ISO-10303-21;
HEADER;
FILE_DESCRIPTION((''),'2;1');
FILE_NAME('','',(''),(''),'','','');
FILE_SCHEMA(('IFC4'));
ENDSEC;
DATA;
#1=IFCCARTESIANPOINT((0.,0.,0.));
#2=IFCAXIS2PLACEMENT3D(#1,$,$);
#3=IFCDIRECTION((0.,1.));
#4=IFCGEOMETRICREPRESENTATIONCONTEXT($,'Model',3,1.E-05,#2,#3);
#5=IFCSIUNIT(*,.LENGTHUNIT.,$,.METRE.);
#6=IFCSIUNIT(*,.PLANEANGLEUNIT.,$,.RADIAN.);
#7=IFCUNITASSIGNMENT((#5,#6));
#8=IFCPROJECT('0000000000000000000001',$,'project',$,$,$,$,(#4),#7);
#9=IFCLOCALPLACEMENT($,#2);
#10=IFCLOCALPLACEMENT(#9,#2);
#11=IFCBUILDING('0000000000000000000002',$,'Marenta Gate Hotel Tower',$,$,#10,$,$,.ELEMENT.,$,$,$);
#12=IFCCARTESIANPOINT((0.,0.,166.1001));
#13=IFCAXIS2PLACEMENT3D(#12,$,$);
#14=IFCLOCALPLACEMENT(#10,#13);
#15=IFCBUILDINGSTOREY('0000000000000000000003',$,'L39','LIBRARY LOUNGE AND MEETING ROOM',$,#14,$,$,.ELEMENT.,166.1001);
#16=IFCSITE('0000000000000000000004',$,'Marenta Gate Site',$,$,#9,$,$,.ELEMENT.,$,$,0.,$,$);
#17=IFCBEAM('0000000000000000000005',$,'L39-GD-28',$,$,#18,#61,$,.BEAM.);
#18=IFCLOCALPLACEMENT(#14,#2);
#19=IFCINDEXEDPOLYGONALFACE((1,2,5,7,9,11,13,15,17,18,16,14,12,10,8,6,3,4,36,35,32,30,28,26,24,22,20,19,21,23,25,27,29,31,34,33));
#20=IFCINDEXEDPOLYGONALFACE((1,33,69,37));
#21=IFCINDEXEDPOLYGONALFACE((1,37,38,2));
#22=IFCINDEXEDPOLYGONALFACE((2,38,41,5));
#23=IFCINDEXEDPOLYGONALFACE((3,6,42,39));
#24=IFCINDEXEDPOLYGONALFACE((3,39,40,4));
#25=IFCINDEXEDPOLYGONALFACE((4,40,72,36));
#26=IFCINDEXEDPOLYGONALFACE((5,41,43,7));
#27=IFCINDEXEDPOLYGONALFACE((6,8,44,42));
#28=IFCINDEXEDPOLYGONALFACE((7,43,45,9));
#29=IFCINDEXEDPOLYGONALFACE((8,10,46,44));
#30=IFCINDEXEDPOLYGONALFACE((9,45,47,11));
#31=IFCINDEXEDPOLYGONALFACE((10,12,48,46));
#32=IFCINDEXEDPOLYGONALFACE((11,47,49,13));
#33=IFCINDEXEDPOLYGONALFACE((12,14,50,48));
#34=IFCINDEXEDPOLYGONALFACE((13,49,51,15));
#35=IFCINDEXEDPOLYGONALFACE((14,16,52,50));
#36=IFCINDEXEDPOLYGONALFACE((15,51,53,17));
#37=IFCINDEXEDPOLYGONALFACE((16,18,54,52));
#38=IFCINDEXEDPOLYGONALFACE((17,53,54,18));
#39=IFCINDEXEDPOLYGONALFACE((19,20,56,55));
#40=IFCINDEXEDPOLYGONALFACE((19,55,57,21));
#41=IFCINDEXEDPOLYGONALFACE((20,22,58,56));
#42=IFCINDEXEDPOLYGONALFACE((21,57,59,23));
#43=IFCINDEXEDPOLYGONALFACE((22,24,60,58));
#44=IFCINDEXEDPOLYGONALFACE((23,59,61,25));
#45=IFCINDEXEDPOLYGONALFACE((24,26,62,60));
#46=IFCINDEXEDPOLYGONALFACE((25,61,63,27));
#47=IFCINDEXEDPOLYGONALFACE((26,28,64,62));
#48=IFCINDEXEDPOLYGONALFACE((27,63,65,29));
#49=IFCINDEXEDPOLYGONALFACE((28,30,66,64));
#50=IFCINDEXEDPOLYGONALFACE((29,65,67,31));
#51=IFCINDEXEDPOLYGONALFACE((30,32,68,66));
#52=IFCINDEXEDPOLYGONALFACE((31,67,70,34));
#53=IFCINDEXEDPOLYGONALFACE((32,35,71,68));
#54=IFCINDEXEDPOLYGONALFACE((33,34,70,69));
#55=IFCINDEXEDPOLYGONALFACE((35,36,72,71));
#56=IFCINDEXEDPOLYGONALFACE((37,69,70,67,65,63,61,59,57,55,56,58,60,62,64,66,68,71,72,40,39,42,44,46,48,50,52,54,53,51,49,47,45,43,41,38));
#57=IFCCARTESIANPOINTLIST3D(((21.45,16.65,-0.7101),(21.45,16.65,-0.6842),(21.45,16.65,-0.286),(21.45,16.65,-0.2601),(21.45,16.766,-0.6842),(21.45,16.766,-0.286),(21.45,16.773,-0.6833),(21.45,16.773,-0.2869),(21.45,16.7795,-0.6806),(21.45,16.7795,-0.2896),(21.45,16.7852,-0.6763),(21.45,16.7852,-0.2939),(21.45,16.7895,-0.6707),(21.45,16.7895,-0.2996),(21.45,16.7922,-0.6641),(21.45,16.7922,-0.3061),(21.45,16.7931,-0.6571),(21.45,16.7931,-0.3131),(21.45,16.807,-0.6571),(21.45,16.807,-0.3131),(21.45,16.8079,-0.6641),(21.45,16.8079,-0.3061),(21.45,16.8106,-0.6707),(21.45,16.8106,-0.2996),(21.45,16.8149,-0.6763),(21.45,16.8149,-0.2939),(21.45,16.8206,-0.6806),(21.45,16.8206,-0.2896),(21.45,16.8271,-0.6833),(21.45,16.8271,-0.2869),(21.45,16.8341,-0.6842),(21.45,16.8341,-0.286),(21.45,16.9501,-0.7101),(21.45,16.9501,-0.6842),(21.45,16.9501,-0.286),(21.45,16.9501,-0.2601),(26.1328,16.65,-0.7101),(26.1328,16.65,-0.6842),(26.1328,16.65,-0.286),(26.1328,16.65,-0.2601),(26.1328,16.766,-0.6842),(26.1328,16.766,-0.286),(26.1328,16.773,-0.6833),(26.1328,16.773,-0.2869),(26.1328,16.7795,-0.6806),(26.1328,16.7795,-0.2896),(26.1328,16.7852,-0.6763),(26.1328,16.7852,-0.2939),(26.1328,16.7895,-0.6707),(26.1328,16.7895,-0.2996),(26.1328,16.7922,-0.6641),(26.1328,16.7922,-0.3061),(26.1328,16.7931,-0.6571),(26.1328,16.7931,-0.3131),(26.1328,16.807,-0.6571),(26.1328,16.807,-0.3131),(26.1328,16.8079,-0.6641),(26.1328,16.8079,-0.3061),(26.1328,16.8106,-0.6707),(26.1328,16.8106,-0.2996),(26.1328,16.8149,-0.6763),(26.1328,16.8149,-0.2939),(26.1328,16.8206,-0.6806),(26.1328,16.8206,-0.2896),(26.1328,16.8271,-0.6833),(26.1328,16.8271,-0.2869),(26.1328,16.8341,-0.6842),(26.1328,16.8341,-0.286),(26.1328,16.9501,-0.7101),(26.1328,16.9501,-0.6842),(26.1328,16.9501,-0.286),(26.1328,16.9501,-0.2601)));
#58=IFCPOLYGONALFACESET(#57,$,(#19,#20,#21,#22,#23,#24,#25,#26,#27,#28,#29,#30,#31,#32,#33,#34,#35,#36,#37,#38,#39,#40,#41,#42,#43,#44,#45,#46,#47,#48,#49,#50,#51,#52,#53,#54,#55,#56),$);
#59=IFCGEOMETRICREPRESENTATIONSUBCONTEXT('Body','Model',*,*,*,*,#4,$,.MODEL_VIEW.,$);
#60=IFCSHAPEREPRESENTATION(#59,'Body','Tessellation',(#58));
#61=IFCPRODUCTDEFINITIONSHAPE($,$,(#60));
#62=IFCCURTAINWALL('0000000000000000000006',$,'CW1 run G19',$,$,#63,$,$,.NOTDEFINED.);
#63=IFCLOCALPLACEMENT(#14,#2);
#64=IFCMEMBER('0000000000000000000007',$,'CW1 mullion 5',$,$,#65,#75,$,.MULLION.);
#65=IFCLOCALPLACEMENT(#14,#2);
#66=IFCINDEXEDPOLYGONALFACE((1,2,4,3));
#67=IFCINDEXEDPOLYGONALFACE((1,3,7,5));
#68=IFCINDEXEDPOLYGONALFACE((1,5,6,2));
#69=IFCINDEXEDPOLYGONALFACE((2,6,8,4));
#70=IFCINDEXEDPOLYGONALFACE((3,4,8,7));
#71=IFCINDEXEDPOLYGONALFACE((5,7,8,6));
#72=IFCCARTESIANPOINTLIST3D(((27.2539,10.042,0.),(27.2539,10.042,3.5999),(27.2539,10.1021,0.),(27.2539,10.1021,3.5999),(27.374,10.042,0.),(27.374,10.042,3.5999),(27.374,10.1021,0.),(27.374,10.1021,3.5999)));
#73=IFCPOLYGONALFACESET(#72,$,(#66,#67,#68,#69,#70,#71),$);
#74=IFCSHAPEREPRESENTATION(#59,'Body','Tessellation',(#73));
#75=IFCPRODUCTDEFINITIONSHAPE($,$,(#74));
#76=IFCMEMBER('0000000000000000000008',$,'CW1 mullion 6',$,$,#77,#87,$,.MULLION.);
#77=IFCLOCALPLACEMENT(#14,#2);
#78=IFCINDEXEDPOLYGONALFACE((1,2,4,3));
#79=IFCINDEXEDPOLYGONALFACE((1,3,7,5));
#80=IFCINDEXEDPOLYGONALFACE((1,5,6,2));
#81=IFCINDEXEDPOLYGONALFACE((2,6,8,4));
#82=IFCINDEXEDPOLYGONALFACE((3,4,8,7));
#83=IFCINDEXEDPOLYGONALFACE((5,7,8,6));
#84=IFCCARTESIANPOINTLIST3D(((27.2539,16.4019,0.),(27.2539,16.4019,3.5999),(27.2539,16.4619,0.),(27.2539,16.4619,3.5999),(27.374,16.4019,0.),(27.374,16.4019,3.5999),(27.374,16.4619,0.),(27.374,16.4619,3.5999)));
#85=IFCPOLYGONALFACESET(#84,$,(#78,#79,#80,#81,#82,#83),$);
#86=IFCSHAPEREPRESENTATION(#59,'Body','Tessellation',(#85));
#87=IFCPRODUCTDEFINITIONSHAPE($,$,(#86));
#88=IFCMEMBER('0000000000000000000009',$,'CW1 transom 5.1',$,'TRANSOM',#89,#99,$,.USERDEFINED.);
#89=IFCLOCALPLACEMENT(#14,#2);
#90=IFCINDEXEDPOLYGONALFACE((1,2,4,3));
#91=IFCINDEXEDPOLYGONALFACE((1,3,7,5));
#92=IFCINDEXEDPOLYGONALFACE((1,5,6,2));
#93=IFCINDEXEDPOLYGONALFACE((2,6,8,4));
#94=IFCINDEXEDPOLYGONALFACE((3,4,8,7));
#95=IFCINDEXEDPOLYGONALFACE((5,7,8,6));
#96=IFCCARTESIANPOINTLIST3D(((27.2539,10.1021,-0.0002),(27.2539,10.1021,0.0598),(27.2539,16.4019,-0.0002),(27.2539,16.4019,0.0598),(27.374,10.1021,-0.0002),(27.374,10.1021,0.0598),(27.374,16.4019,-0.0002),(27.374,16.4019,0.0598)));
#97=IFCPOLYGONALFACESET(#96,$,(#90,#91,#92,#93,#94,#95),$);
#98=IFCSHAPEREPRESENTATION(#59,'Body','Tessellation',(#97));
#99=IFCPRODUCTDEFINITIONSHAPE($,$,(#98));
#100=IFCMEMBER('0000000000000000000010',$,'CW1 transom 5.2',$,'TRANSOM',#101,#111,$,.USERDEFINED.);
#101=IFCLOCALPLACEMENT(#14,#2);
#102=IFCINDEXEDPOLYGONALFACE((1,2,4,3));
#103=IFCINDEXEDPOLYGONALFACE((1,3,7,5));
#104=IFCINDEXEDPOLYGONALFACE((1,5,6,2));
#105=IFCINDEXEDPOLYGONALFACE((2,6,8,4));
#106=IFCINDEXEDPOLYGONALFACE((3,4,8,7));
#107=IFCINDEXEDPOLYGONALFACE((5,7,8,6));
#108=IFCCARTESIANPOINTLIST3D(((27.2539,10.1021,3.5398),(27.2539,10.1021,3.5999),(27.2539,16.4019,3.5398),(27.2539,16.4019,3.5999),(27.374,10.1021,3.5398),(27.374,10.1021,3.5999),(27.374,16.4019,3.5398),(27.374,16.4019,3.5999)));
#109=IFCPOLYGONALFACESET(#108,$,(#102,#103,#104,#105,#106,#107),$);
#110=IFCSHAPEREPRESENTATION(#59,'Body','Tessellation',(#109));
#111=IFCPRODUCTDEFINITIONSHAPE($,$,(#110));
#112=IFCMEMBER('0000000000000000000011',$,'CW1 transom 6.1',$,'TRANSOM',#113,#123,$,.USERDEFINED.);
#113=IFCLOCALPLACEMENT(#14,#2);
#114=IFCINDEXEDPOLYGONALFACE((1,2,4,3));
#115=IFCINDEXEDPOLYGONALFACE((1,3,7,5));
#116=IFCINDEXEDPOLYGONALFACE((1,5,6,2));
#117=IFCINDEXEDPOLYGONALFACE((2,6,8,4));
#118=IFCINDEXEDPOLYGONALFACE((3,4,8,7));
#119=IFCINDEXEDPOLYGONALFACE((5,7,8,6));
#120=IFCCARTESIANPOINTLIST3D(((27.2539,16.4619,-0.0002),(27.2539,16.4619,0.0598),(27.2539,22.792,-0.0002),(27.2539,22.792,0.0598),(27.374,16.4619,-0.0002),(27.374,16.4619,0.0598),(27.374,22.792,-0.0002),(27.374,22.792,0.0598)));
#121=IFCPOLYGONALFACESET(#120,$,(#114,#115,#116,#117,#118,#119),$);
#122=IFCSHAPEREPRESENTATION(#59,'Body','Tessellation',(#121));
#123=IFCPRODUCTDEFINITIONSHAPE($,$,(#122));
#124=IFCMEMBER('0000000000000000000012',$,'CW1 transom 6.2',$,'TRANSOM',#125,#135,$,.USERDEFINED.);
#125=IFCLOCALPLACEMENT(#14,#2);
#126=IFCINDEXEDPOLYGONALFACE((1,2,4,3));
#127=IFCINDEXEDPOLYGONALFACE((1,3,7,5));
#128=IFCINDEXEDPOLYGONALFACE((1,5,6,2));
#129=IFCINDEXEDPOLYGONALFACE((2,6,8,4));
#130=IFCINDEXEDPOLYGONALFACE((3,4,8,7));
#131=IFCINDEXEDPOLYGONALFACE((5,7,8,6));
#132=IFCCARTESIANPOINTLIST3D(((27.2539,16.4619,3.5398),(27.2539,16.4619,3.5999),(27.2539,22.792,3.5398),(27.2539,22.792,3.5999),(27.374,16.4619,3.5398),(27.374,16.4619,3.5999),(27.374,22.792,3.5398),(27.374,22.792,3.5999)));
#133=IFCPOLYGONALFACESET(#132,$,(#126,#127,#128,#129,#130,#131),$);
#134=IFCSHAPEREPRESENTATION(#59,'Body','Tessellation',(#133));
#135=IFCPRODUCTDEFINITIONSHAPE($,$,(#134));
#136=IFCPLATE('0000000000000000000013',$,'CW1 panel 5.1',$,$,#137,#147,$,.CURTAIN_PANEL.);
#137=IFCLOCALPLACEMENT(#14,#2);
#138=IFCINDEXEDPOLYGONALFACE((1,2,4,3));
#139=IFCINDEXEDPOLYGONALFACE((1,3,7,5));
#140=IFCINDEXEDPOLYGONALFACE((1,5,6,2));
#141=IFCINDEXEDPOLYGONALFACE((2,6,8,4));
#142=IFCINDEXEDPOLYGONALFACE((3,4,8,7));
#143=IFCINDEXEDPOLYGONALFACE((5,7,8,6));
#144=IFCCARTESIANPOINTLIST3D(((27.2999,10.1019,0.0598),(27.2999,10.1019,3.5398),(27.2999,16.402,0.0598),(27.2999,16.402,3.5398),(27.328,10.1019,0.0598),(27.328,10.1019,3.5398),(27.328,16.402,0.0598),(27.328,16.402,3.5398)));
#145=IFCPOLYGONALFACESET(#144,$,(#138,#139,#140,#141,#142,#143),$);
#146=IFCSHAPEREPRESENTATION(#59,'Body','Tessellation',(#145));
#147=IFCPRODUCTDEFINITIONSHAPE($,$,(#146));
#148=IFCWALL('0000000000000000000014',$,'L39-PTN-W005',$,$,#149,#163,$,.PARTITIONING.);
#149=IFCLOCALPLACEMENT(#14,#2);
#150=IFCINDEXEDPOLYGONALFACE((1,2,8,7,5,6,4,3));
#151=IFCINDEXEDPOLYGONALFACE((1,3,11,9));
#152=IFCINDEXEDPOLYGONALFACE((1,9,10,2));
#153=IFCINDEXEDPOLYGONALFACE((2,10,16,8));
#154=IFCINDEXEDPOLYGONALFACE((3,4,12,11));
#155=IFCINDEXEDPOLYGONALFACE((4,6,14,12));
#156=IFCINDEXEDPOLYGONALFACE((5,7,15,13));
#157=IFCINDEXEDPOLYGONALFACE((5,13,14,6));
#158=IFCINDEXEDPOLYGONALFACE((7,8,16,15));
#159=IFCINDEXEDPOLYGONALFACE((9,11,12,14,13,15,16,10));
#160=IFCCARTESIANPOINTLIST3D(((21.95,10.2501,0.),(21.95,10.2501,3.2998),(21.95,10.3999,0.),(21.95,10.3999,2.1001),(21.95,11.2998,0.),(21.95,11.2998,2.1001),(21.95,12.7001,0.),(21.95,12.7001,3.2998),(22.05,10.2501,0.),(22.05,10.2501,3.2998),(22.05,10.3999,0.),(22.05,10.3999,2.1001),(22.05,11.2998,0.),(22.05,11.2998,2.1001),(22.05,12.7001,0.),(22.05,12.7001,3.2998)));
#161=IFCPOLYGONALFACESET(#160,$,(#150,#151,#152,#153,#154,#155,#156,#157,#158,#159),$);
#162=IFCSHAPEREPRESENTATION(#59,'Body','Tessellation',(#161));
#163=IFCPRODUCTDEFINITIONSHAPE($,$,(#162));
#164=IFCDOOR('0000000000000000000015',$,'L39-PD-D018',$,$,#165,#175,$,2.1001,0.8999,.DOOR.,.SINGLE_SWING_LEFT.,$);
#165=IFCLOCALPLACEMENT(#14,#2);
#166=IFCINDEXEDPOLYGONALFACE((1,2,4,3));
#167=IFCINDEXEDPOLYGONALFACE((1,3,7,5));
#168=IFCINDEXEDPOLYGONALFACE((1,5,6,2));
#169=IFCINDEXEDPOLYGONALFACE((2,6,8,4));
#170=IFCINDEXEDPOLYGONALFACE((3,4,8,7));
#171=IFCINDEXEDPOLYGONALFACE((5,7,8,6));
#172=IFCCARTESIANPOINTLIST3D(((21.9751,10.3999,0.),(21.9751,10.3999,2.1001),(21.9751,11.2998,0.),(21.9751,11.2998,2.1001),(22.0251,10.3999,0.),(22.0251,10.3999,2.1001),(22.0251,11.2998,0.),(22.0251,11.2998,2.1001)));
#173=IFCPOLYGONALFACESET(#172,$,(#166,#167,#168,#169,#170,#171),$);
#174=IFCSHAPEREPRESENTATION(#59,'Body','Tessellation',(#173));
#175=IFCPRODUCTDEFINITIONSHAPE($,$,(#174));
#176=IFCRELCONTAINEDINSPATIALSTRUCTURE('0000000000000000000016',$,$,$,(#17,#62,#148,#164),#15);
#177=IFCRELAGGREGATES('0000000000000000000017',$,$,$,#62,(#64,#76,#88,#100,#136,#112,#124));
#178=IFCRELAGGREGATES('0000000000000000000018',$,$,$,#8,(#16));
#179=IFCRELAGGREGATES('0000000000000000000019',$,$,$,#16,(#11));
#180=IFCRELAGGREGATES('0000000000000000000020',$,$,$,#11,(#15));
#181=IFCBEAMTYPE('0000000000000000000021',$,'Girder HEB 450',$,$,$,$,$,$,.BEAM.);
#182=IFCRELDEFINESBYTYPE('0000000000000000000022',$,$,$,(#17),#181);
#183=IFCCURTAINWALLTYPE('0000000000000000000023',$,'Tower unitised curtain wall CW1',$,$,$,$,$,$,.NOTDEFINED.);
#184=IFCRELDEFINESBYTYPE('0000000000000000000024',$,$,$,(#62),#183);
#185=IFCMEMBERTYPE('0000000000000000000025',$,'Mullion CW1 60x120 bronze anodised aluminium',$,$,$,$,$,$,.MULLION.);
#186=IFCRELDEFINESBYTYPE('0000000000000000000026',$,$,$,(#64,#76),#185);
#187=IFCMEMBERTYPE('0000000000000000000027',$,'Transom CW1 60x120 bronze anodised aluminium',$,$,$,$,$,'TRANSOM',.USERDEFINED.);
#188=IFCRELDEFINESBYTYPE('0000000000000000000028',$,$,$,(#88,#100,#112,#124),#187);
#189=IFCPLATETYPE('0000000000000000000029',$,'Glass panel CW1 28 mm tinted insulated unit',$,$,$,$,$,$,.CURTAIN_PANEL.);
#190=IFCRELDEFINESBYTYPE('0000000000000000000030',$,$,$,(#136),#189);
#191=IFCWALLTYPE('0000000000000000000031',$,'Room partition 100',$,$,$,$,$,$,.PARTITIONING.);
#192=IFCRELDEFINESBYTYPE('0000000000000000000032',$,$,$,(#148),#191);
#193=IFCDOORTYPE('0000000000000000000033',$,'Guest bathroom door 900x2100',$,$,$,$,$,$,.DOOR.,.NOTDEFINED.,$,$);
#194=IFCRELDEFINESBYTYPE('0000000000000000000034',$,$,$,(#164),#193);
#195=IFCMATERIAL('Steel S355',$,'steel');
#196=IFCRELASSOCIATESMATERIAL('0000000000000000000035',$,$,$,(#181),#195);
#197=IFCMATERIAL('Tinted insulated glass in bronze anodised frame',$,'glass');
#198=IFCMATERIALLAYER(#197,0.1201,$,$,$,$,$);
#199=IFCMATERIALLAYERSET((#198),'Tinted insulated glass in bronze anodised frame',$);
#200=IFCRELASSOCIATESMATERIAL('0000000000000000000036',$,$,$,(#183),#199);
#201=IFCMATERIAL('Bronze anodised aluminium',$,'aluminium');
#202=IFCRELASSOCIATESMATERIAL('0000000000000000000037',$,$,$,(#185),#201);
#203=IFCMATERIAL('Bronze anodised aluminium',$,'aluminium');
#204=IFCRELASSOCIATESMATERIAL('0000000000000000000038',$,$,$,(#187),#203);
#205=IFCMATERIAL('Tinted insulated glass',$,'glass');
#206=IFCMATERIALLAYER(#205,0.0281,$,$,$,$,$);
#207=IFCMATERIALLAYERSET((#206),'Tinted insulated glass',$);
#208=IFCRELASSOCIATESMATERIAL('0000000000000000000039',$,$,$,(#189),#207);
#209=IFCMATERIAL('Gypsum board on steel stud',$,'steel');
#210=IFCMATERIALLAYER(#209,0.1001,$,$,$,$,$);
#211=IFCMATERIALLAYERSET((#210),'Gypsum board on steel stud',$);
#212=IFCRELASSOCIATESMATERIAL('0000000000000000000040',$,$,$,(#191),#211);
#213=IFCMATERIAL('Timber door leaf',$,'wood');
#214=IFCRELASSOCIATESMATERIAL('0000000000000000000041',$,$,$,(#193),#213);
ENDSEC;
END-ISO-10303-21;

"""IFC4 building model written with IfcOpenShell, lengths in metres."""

from ifc_helpers import new_model, si_unit, direction, frame, frame_2d, origin, origin_2d, place, context, subcontext, project, spatial, rectangle, i_section, extrude, material, layer, layer_set, material_profile, profile_set, type_object, element, fill, aggregate, save


model = new_model("IFC4")

# Units and contexts
model_context = context("Model", 3, precision=1e-05, world=origin(), true_north=direction((0.0, 1.0)))
body_context = subcontext(model_context, "Body", "Model", "MODEL_VIEW")
ifc_project = project(units=[si_unit("LENGTHUNIT", "METRE"), si_unit("PLANEANGLEUNIT", "RADIAN")], contexts=[model_context])

# Site, building, storey
site_placement = place(None, origin())
site = spatial("IfcSite", under=ifc_project, at=site_placement, Name="Marenta Gate Site", CompositionType="ELEMENT", RefElevation=0.0)
building_placement = place(site_placement, origin())
building = spatial("IfcBuilding", under=site, at=building_placement, Name="Marenta Gate Hotel Tower", CompositionType="ELEMENT")
storey_placement = place(building_placement, frame((0.0, 0.0, 166.1001)))
storey = spatial("IfcBuildingStorey", under=building, at=storey_placement, Name="L39", Description="LIBRARY LOUNGE AND MEETING ROOM", CompositionType="ELEMENT", Elevation=166.1001)

# Beam
ifc_material_1 = material(Name="Steel S355", Category="steel")
ifc_material_profile_1 = material_profile(ifc_material_1, i_section(OverallWidth=0.3, OverallDepth=0.45, WebThickness=0.0139, FlangeThickness=0.0259, FilletRadius=0.0271, at=origin_2d()), Name="HEB 450")
ifc_profile_set_1 = profile_set([ifc_material_profile_1], Name="Steel S355")
beam_type_1 = type_object("IfcBeamType", Name="Girder HEB 450", PredefinedType="BEAM", material=ifc_profile_set_1)
beam_1_placement = place(storey_placement, frame((21.45, 16.8, -0.4851), z_axis=(1.0, 0.0, 0.0), x_axis=(0.0, 1.0, 0.0)))
element("IfcBeam", 1, at=beam_1_placement, inside=storey, type_object=beam_type_1, Name="L39-GD-28", PredefinedType="BEAM", context=body_context, shape_type="SweptSolid", body=[
    extrude(i_section(OverallWidth=0.3, OverallDepth=0.45, WebThickness=0.0139, FlangeThickness=0.0259, FilletRadius=0.0271, at=origin_2d()), origin(), (0.0, 0.0, 1.0), 4.6829),
])

# Curtain wall, members, plate
ifc_material_2 = material(Name="Tinted insulated glass in bronze anodised frame", Category="glass")
ifc_layer_1 = layer(ifc_material_2, 0.1201)
ifc_layer_set_1 = layer_set([ifc_layer_1], Name="Tinted insulated glass in bronze anodised frame")
curtain_wall_type = type_object("IfcCurtainWallType", Name="Tower unitised curtain wall CW1", PredefinedType="NOTDEFINED", material=ifc_layer_set_1)
curtain_wall_placement = place(storey_placement, origin())
curtain_wall = element("IfcCurtainWall", 2, at=curtain_wall_placement, inside=storey, type_object=curtain_wall_type, Name="CW1 run G19", PredefinedType="NOTDEFINED")
ifc_material_3 = material(Name="Bronze anodised aluminium", Category="aluminium")
ifc_material_profile_2 = material_profile(ifc_material_3, rectangle(XDim=0.1201, YDim=0.0601, at=origin_2d()), Name="Mullion CW1 60x120 bronze anodised aluminium")
ifc_profile_set_2 = profile_set([ifc_material_profile_2], Name="Bronze anodised aluminium")
member_type_1 = type_object("IfcMemberType", Name="Mullion CW1 60x120 bronze anodised aluminium", PredefinedType="MULLION", material=ifc_profile_set_2)
member_1_placement = place(storey_placement, frame((27.314, 10.072, 0.0), z_axis=(0.0, 0.0, 1.0), x_axis=(-1.0, 0.0, 0.0)))
member_1 = element("IfcMember", 3, at=member_1_placement, type_object=member_type_1, Name="CW1 mullion 5", PredefinedType="MULLION", context=body_context, shape_type="SweptSolid", body=[
    extrude(rectangle(XDim=0.1201, YDim=0.0601, at=origin_2d()), origin(), (0.0, 0.0, 1.0), 3.5999),
])
member_2_placement = place(storey_placement, frame((27.314, 16.4319, 0.0), z_axis=(0.0, 0.0, 1.0), x_axis=(-1.0, 0.0, 0.0)))
member_2 = element("IfcMember", 4, at=member_2_placement, type_object=member_type_1, Name="CW1 mullion 6", PredefinedType="MULLION", context=body_context, shape_type="SweptSolid", body=[
    extrude(rectangle(XDim=0.1201, YDim=0.0601, at=origin_2d()), origin(), (0.0, 0.0, 1.0), 3.5999),
])
ifc_material_4 = material(Name="Bronze anodised aluminium", Category="aluminium")
ifc_material_profile_3 = material_profile(ifc_material_4, rectangle(XDim=0.1201, YDim=0.0601, at=origin_2d()), Name="Transom CW1 60x120 bronze anodised aluminium")
ifc_profile_set_3 = profile_set([ifc_material_profile_3], Name="Bronze anodised aluminium")
member_type_2 = type_object("IfcMemberType", Name="Transom CW1 60x120 bronze anodised aluminium", ElementType="TRANSOM", PredefinedType="USERDEFINED", material=ifc_profile_set_3)
member_3_placement = place(storey_placement, frame((27.314, 10.1021, 0.0298), z_axis=(0.0, 1.0, 0.0), x_axis=(-1.0, 0.0, 0.0)))
member_3 = element("IfcMember", 5, at=member_3_placement, type_object=member_type_2, Name="CW1 transom 5.1", ObjectType="TRANSOM", PredefinedType="USERDEFINED", context=body_context, shape_type="SweptSolid", body=[
    extrude(rectangle(XDim=0.1201, YDim=0.0601, at=origin_2d()), origin(), (0.0, 0.0, 1.0), 6.2998),
])
member_4_placement = place(storey_placement, frame((27.314, 10.1021, 3.5698), z_axis=(0.0, 1.0, 0.0), x_axis=(-1.0, 0.0, 0.0)))
member_4 = element("IfcMember", 6, at=member_4_placement, type_object=member_type_2, Name="CW1 transom 5.2", ObjectType="TRANSOM", PredefinedType="USERDEFINED", context=body_context, shape_type="SweptSolid", body=[
    extrude(rectangle(XDim=0.1201, YDim=0.0601, at=origin_2d()), origin(), (0.0, 0.0, 1.0), 6.2998),
])
member_5_placement = place(storey_placement, frame((27.314, 16.4619, 0.0298), z_axis=(0.0, 1.0, 0.0), x_axis=(-1.0, 0.0, 0.0)))
member_5 = element("IfcMember", 7, at=member_5_placement, type_object=member_type_2, Name="CW1 transom 6.1", ObjectType="TRANSOM", PredefinedType="USERDEFINED", context=body_context, shape_type="SweptSolid", body=[
    extrude(rectangle(XDim=0.1201, YDim=0.0601, at=origin_2d()), origin(), (0.0, 0.0, 1.0), 6.3301),
])
member_6_placement = place(storey_placement, frame((27.314, 16.4619, 3.5698), z_axis=(0.0, 1.0, 0.0), x_axis=(-1.0, 0.0, 0.0)))
member_6 = element("IfcMember", 8, at=member_6_placement, type_object=member_type_2, Name="CW1 transom 6.2", ObjectType="TRANSOM", PredefinedType="USERDEFINED", context=body_context, shape_type="SweptSolid", body=[
    extrude(rectangle(XDim=0.1201, YDim=0.0601, at=origin_2d()), origin(), (0.0, 0.0, 1.0), 6.3301),
])
ifc_material_5 = material(Name="Tinted insulated glass", Category="glass")
ifc_layer_2 = layer(ifc_material_5, 0.0281)
ifc_layer_set_2 = layer_set([ifc_layer_2], Name="Tinted insulated glass")
plate_type = type_object("IfcPlateType", Name="Glass panel CW1 28 mm tinted insulated unit", PredefinedType="CURTAIN_PANEL", material=ifc_layer_set_2)
plate_placement = place(storey_placement, frame((27.314, 13.252, 0.0598), z_axis=(0.0, 0.0, 1.0), x_axis=(0.0, 1.0, 0.0)))
plate = element("IfcPlate", 9, at=plate_placement, type_object=plate_type, Name="CW1 panel 5.1", PredefinedType="CURTAIN_PANEL", context=body_context, shape_type="SweptSolid", body=[
    extrude(rectangle(XDim=6.3, YDim=0.0281, at=origin_2d()), origin(), (0.0, 0.0, 1.0), 3.48),
])
aggregate(curtain_wall, [member_1, member_2, member_3, member_4, plate, member_5, member_6])

# Wall, opening, door
ifc_material_6 = material(Name="Gypsum board on steel stud", Category="steel")
ifc_layer_3 = layer(ifc_material_6, 0.1001)
ifc_layer_set_3 = layer_set([ifc_layer_3], Name="Gypsum board on steel stud")
wall_type_1 = type_object("IfcWallType", Name="Room partition 100", PredefinedType="PARTITIONING", material=ifc_layer_set_3)
wall_1_placement = place(storey_placement, frame((22.0, 10.25, 0.0), z_axis=(0.0, 0.0, 1.0), x_axis=(0.0, 1.0, 0.0)))
wall_1 = element("IfcWall", 10, at=wall_1_placement, inside=storey, type_object=wall_type_1, Name="L39-PTN-W005", PredefinedType="PARTITIONING", context=body_context, shape_type="SweptSolid", body=[
    extrude(rectangle(XDim=2.45, YDim=0.1001, at=frame_2d((1.2251, 0.0))), origin(), (0.0, 0.0, 1.0), 3.2998),
])
opening_1_placement = place(wall_1_placement, frame((0.1499, 0.0, 0.0)))
opening_1 = element("IfcOpeningElement", 11, at=opening_1_placement, cuts=wall_1, PredefinedType="OPENING", context=body_context, shape_type="SweptSolid", body=[
    extrude(rectangle(XDim=0.8999, YDim=2.1001, at=frame_2d((0.45, 1.05))), frame((0.0, 0.05, 0.0), z_axis=(0.0, -1.0, 0.0), x_axis=(1.0, 0.0, 0.0)), (0.0, 0.0, 1.0), 0.1001),
])
ifc_material_7 = material(Name="Timber door leaf", Category="wood")
door_type = type_object("IfcDoorType", Name="Guest bathroom door 900x2100", OperationType="NOTDEFINED", PredefinedType="DOOR", material=ifc_material_7)
door_1_placement = place(opening_1_placement, origin())
door_1 = element("IfcDoor", 12, at=door_1_placement, inside=storey, type_object=door_type, Name="L39-PD-D018", OperationType="SINGLE_SWING_LEFT", OverallHeight=2.1001, OverallWidth=0.8999, PredefinedType="DOOR", context=body_context, shape_type="SweptSolid", body=[
    extrude(rectangle(XDim=0.8999, YDim=2.1001, at=frame_2d((0.45, 1.05))), frame((0.0, 0.0249, 0.0), z_axis=(0.0, -1.0, 0.0), x_axis=(1.0, 0.0, 0.0)), (0.0, 0.0, 1.0), 0.05),
])
fill(opening_1, door_1)

save(model, "model.ifc")
